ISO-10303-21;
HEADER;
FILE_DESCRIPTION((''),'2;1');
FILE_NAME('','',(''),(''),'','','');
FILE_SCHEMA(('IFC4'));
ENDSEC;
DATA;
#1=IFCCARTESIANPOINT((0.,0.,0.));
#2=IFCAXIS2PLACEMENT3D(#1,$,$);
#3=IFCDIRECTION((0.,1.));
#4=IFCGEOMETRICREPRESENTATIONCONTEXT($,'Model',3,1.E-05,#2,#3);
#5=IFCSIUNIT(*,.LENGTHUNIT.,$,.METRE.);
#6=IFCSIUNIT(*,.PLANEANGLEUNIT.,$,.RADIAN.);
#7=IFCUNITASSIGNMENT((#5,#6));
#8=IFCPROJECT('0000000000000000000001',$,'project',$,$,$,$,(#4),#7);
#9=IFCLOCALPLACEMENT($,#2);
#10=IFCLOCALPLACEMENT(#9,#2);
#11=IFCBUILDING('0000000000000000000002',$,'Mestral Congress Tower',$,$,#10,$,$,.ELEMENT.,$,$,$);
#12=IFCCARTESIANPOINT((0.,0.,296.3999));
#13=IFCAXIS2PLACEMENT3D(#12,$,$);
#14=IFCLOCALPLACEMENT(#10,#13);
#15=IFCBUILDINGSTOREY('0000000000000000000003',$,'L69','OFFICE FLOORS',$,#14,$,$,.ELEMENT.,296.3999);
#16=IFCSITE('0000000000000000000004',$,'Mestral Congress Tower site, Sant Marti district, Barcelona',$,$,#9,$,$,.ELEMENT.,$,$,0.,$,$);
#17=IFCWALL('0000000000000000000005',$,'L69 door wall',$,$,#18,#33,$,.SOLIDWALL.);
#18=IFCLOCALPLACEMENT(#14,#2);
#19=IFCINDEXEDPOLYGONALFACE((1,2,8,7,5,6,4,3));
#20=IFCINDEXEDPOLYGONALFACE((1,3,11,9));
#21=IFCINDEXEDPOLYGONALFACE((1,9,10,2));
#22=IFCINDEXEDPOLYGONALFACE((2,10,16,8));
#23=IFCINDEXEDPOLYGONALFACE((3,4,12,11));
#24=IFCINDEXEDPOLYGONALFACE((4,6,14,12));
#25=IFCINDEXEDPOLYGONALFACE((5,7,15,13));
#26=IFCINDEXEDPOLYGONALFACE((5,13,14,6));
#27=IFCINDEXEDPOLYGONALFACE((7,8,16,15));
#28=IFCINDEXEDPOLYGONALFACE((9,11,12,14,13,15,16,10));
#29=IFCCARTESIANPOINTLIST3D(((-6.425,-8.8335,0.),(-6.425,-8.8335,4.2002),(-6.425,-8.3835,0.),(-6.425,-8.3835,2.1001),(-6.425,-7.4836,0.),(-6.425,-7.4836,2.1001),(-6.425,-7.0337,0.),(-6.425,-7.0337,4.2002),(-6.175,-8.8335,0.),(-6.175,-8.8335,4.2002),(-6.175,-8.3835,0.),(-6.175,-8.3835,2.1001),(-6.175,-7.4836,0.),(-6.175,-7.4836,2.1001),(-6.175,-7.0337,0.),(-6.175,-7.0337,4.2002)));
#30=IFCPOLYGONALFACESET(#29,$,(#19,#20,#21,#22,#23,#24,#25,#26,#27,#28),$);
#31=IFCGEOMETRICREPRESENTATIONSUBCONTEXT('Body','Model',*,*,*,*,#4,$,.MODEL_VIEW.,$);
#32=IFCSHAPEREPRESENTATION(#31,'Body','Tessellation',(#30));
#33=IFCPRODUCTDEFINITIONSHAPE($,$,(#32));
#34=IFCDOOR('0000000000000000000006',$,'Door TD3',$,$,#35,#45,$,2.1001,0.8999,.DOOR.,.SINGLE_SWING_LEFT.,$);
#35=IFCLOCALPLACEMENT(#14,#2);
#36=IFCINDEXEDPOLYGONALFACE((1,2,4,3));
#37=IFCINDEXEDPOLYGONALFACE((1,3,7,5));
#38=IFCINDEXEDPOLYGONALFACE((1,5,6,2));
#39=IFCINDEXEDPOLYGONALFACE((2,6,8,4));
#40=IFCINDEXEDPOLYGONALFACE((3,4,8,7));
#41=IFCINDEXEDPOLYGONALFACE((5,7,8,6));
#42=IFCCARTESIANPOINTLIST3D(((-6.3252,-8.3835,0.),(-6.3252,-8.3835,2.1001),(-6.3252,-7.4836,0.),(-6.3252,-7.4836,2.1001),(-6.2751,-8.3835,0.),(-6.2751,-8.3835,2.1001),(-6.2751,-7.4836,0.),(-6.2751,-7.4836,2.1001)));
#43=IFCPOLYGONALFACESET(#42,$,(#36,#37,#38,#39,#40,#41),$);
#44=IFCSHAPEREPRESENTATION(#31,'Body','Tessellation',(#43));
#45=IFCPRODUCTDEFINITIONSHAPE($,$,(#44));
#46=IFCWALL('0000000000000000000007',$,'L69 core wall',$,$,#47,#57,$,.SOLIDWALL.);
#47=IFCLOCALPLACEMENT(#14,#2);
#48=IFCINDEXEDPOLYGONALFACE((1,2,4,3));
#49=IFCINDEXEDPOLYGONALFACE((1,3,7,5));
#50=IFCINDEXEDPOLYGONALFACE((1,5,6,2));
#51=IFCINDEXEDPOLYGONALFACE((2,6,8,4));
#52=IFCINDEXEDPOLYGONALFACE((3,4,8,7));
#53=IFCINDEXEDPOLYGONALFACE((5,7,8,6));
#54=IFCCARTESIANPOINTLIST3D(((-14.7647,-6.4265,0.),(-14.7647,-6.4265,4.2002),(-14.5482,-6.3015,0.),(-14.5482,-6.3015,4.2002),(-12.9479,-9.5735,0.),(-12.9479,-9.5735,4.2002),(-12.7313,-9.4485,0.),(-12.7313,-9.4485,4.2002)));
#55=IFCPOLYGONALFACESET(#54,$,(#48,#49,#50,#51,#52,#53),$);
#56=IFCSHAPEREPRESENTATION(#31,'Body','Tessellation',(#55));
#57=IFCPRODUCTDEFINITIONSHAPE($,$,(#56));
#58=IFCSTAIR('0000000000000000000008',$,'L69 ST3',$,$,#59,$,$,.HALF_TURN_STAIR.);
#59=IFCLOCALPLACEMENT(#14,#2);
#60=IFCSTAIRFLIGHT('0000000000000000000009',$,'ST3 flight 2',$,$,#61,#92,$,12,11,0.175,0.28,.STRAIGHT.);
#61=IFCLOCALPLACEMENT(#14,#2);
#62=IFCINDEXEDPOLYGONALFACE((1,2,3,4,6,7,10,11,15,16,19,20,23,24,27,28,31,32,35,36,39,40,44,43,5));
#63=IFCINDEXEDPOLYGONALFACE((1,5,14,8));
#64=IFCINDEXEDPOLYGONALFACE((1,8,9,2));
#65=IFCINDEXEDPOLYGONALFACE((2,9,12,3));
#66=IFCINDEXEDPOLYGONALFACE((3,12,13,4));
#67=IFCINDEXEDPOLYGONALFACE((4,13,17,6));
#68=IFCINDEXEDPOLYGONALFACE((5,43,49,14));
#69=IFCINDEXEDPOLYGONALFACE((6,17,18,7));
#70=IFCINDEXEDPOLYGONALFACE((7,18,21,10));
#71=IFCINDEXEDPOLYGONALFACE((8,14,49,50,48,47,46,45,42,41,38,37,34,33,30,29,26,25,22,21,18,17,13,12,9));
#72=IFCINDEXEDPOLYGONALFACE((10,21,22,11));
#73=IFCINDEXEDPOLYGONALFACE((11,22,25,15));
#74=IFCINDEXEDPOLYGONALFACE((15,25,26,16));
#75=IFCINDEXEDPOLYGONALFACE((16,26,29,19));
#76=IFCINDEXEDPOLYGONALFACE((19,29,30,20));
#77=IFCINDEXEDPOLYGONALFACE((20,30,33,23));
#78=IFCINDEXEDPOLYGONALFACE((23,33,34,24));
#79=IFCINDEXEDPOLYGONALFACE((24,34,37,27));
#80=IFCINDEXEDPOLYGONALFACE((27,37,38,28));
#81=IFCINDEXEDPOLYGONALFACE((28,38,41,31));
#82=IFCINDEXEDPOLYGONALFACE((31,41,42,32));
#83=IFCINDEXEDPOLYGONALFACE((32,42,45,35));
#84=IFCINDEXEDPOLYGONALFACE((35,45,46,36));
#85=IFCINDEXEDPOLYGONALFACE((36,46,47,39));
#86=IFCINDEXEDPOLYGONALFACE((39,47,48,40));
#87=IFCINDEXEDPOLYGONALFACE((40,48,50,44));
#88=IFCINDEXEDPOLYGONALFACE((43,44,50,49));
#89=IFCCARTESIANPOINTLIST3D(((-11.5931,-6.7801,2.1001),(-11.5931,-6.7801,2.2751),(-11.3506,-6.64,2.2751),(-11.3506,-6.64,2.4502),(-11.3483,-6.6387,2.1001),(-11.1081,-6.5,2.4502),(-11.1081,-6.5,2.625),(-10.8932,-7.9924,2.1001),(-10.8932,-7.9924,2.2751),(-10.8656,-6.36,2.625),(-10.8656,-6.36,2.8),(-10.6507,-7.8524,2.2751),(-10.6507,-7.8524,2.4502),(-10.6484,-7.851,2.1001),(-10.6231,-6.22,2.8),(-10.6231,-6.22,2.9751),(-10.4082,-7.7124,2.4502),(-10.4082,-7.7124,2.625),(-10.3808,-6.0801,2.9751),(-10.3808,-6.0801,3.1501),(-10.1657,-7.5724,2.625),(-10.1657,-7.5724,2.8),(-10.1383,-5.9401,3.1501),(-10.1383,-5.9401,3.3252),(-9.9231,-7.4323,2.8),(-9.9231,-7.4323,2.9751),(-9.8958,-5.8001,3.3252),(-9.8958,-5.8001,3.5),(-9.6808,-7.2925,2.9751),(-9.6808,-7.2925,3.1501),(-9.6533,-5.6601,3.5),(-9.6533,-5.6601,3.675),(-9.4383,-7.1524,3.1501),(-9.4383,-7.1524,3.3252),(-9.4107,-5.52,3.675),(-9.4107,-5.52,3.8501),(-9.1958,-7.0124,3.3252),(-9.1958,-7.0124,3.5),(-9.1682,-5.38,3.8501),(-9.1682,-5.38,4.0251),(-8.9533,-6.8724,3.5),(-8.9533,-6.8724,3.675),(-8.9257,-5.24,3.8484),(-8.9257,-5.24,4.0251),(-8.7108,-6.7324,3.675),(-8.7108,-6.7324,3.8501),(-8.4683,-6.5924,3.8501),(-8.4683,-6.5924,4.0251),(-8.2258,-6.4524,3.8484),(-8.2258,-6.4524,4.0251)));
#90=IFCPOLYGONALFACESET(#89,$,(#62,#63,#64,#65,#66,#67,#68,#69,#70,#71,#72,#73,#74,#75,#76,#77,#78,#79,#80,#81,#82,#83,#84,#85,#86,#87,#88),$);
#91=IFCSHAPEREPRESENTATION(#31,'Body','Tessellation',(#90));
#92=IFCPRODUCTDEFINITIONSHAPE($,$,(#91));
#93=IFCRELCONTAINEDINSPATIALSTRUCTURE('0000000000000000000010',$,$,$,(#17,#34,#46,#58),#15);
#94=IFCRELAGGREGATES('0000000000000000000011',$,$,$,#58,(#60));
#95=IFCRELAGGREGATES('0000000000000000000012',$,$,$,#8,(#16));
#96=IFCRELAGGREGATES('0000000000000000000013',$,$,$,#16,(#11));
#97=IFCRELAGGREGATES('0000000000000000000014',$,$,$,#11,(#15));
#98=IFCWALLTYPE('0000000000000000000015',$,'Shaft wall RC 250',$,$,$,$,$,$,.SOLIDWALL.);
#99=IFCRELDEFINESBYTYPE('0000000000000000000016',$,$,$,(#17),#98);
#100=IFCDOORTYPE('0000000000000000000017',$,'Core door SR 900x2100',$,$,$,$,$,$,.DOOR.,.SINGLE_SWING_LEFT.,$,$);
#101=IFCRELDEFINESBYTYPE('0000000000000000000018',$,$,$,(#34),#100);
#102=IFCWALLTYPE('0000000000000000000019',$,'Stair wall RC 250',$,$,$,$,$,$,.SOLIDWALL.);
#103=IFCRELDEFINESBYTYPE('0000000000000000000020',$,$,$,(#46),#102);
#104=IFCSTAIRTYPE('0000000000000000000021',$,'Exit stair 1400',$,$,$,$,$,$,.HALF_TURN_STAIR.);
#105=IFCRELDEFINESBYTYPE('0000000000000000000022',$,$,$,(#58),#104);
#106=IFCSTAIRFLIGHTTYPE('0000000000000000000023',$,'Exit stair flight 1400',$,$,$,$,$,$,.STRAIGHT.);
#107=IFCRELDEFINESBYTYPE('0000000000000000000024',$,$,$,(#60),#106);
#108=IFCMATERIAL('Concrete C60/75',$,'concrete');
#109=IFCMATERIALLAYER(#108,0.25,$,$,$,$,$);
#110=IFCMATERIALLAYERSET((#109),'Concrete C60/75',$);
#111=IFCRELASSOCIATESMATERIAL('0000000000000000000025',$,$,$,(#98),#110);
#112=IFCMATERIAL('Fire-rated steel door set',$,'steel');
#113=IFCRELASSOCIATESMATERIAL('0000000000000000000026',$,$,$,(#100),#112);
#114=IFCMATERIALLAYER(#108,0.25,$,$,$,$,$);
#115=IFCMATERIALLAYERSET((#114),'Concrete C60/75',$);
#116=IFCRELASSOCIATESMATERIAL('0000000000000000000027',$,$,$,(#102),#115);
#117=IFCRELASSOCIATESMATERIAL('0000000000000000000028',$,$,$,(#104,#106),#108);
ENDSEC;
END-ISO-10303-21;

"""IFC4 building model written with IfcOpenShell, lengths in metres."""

from ifc_helpers import new_model, si_unit, direction, frame, frame_2d, origin, place, context, subcontext, project, spatial, polyline, rectangle, outline, extrude, material, layer, layer_set, type_object, element, fill, aggregate, save


model = new_model("IFC4")

# Units and contexts
model_context = context("Model", 3, precision=1e-05, world=origin(), true_north=direction((0.0, 1.0)))
body_context = subcontext(model_context, "Body", "Model", "MODEL_VIEW")
ifc_project = project(units=[si_unit("LENGTHUNIT", "METRE"), si_unit("PLANEANGLEUNIT", "RADIAN")], contexts=[model_context])

# Site, building, storey
site_placement = place(None, origin())
site = spatial("IfcSite", under=ifc_project, at=site_placement, Name="Mestral Congress Tower site, Sant Marti district, Barcelona", CompositionType="ELEMENT", RefElevation=0.0)
building_placement = place(site_placement, origin())
building = spatial("IfcBuilding", under=site, at=building_placement, Name="Mestral Congress Tower", CompositionType="ELEMENT")
storey_placement = place(building_placement, frame((0.0, 0.0, 296.3999)))
storey = spatial("IfcBuildingStorey", under=building, at=storey_placement, Name="L69", Description="OFFICE FLOORS", CompositionType="ELEMENT", Elevation=296.3999)

# Shared definitions
ifc_material_1 = material(Name="Concrete C60/75", Category="concrete")

# Shared definitions
ifc_layer_1 = layer(ifc_material_1, 0.25)
ifc_layer_set_1 = layer_set([ifc_layer_1], Name="Concrete C60/75")
wall_type_1 = type_object("IfcWallType", Name="Shaft wall RC 250", PredefinedType="SOLIDWALL", material=ifc_layer_set_1)

# Shared definitions
ifc_material_2 = material(Name="Fire-rated steel door set", Category="steel")
door_type_1 = type_object("IfcDoorType", Name="Core door SR 900x2100", OperationType="SINGLE_SWING_LEFT", PredefinedType="DOOR", material=ifc_material_2)

# Wall, opening, door
wall_1_placement = place(storey_placement, frame((-6.3, -7.0337, 0.0), z_axis=(0.0, 0.0, 1.0), x_axis=(0.0, -1.0, 0.0)))
wall_1 = element("IfcWall", 1, at=wall_1_placement, inside=storey, type_object=wall_type_1, Name="L69 door wall", PredefinedType="SOLIDWALL", context=body_context, shape_type="SweptSolid", body=[
    extrude(rectangle(XDim=1.7998, YDim=0.25, at=frame_2d((0.8999, 0.0))), origin(), (0.0, 0.0, 1.0), 4.2002),
])
opening_1_placement = place(wall_1_placement, frame((0.45, 0.0, 0.0)))
opening_1 = element("IfcOpeningElement", 2, at=opening_1_placement, cuts=wall_1, PredefinedType="OPENING", context=body_context, shape_type="SweptSolid", body=[
    extrude(rectangle(XDim=0.8999, YDim=2.1001, at=frame_2d((0.45, 1.05))), frame((0.0, 0.135, 0.0), z_axis=(0.0, -1.0, 0.0), x_axis=(1.0, 0.0, 0.0)), (0.0, 0.0, 1.0), 0.27),
])
door_1_placement = place(opening_1_placement, origin())
door_1 = element("IfcDoor", 3, at=door_1_placement, inside=storey, type_object=door_type_1, Name="Door TD3", OperationType="SINGLE_SWING_LEFT", OverallHeight=2.1001, OverallWidth=0.8999, PredefinedType="DOOR", context=body_context, shape_type="SweptSolid", body=[
    extrude(rectangle(XDim=0.8999, YDim=2.1001, at=frame_2d((0.45, 1.05))), frame((0.0, 0.0249, 0.0), z_axis=(0.0, -1.0, 0.0), x_axis=(1.0, 0.0, 0.0)), (0.0, 0.0, 1.0), 0.05),
])
fill(opening_1, door_1)

# Wall
ifc_layer_2 = layer(ifc_material_1, 0.25)
ifc_layer_set_2 = layer_set([ifc_layer_2], Name="Concrete C60/75")
wall_type_2 = type_object("IfcWallType", Name="Stair wall RC 250", PredefinedType="SOLIDWALL", material=ifc_layer_set_2)
wall_2_placement = place(storey_placement, frame((-12.8396, -9.511, 0.0), z_axis=(0.0, 0.0, 1.0), x_axis=(-0.499998, 0.866027, 0.0)))
element("IfcWall", 4, at=wall_2_placement, inside=storey, type_object=wall_type_2, Name="L69 core wall", PredefinedType="SOLIDWALL", context=body_context, shape_type="SweptSolid", body=[
    extrude(rectangle(XDim=3.6338, YDim=0.25, at=frame_2d((1.8169, 0.0))), origin(), (0.0, 0.0, 1.0), 4.2002),
])

# Stair, stair flight
stair_type = type_object("IfcStairType", Name="Exit stair 1400", PredefinedType="HALF_TURN_STAIR", material=ifc_material_1)
stair_placement = place(storey_placement, origin())
stair = element("IfcStair", 5, at=stair_placement, inside=storey, type_object=stair_type, Name="L69 ST3", PredefinedType="HALF_TURN_STAIR")
stair_flight_type = type_object("IfcStairFlightType", Name="Exit stair flight 1400", PredefinedType="STRAIGHT", material=ifc_material_1)
stair_flight_placement = place(storey_placement, frame((-11.2432, -7.3862, 2.1001), z_axis=(0.0, 0.0, 1.0), x_axis=(0.866025, 0.5, 0.0)))
stair_flight = element("IfcStairFlight", 6, at=stair_flight_placement, type_object=stair_flight_type, Name="ST3 flight 2", NumberOfRisers=12, NumberOfTreads=11, PredefinedType="STRAIGHT", RiserHeight=0.175, TreadLength=0.28, context=body_context, shape_type="SweptSolid", body=[
    extrude(outline(polyline([(0.0, 0.0), (0.0, 0.175), (0.28, 0.175), (0.28, 0.3501), (0.5601, 0.3501), (0.5601, 0.5249), (0.8401, 0.5249), (0.8401, 0.7), (1.1201, 0.7), (1.1201, 0.875), (1.3999, 0.875), (1.3999, 1.05), (1.6799, 1.05), (1.6799, 1.2251), (1.96, 1.2251), (1.96, 1.3999), (2.24, 1.3999), (2.24, 1.575), (2.52, 1.575), (2.52, 1.75), (2.8, 1.75), (2.8, 1.925), (3.0801, 1.925), (3.0801, 2.1001), (3.0801, 1.7483), (0.2827, 0.0), (0.0, 0.0)])), frame((0.0, 0.7, 0.0), z_axis=(0.0, -1.0, 0.0), x_axis=(1.0, 0.0, 0.0)), (0.0, 0.0, 1.0), 1.3999),
])
aggregate(stair, [stair_flight])

save(model, "model.ifc")
